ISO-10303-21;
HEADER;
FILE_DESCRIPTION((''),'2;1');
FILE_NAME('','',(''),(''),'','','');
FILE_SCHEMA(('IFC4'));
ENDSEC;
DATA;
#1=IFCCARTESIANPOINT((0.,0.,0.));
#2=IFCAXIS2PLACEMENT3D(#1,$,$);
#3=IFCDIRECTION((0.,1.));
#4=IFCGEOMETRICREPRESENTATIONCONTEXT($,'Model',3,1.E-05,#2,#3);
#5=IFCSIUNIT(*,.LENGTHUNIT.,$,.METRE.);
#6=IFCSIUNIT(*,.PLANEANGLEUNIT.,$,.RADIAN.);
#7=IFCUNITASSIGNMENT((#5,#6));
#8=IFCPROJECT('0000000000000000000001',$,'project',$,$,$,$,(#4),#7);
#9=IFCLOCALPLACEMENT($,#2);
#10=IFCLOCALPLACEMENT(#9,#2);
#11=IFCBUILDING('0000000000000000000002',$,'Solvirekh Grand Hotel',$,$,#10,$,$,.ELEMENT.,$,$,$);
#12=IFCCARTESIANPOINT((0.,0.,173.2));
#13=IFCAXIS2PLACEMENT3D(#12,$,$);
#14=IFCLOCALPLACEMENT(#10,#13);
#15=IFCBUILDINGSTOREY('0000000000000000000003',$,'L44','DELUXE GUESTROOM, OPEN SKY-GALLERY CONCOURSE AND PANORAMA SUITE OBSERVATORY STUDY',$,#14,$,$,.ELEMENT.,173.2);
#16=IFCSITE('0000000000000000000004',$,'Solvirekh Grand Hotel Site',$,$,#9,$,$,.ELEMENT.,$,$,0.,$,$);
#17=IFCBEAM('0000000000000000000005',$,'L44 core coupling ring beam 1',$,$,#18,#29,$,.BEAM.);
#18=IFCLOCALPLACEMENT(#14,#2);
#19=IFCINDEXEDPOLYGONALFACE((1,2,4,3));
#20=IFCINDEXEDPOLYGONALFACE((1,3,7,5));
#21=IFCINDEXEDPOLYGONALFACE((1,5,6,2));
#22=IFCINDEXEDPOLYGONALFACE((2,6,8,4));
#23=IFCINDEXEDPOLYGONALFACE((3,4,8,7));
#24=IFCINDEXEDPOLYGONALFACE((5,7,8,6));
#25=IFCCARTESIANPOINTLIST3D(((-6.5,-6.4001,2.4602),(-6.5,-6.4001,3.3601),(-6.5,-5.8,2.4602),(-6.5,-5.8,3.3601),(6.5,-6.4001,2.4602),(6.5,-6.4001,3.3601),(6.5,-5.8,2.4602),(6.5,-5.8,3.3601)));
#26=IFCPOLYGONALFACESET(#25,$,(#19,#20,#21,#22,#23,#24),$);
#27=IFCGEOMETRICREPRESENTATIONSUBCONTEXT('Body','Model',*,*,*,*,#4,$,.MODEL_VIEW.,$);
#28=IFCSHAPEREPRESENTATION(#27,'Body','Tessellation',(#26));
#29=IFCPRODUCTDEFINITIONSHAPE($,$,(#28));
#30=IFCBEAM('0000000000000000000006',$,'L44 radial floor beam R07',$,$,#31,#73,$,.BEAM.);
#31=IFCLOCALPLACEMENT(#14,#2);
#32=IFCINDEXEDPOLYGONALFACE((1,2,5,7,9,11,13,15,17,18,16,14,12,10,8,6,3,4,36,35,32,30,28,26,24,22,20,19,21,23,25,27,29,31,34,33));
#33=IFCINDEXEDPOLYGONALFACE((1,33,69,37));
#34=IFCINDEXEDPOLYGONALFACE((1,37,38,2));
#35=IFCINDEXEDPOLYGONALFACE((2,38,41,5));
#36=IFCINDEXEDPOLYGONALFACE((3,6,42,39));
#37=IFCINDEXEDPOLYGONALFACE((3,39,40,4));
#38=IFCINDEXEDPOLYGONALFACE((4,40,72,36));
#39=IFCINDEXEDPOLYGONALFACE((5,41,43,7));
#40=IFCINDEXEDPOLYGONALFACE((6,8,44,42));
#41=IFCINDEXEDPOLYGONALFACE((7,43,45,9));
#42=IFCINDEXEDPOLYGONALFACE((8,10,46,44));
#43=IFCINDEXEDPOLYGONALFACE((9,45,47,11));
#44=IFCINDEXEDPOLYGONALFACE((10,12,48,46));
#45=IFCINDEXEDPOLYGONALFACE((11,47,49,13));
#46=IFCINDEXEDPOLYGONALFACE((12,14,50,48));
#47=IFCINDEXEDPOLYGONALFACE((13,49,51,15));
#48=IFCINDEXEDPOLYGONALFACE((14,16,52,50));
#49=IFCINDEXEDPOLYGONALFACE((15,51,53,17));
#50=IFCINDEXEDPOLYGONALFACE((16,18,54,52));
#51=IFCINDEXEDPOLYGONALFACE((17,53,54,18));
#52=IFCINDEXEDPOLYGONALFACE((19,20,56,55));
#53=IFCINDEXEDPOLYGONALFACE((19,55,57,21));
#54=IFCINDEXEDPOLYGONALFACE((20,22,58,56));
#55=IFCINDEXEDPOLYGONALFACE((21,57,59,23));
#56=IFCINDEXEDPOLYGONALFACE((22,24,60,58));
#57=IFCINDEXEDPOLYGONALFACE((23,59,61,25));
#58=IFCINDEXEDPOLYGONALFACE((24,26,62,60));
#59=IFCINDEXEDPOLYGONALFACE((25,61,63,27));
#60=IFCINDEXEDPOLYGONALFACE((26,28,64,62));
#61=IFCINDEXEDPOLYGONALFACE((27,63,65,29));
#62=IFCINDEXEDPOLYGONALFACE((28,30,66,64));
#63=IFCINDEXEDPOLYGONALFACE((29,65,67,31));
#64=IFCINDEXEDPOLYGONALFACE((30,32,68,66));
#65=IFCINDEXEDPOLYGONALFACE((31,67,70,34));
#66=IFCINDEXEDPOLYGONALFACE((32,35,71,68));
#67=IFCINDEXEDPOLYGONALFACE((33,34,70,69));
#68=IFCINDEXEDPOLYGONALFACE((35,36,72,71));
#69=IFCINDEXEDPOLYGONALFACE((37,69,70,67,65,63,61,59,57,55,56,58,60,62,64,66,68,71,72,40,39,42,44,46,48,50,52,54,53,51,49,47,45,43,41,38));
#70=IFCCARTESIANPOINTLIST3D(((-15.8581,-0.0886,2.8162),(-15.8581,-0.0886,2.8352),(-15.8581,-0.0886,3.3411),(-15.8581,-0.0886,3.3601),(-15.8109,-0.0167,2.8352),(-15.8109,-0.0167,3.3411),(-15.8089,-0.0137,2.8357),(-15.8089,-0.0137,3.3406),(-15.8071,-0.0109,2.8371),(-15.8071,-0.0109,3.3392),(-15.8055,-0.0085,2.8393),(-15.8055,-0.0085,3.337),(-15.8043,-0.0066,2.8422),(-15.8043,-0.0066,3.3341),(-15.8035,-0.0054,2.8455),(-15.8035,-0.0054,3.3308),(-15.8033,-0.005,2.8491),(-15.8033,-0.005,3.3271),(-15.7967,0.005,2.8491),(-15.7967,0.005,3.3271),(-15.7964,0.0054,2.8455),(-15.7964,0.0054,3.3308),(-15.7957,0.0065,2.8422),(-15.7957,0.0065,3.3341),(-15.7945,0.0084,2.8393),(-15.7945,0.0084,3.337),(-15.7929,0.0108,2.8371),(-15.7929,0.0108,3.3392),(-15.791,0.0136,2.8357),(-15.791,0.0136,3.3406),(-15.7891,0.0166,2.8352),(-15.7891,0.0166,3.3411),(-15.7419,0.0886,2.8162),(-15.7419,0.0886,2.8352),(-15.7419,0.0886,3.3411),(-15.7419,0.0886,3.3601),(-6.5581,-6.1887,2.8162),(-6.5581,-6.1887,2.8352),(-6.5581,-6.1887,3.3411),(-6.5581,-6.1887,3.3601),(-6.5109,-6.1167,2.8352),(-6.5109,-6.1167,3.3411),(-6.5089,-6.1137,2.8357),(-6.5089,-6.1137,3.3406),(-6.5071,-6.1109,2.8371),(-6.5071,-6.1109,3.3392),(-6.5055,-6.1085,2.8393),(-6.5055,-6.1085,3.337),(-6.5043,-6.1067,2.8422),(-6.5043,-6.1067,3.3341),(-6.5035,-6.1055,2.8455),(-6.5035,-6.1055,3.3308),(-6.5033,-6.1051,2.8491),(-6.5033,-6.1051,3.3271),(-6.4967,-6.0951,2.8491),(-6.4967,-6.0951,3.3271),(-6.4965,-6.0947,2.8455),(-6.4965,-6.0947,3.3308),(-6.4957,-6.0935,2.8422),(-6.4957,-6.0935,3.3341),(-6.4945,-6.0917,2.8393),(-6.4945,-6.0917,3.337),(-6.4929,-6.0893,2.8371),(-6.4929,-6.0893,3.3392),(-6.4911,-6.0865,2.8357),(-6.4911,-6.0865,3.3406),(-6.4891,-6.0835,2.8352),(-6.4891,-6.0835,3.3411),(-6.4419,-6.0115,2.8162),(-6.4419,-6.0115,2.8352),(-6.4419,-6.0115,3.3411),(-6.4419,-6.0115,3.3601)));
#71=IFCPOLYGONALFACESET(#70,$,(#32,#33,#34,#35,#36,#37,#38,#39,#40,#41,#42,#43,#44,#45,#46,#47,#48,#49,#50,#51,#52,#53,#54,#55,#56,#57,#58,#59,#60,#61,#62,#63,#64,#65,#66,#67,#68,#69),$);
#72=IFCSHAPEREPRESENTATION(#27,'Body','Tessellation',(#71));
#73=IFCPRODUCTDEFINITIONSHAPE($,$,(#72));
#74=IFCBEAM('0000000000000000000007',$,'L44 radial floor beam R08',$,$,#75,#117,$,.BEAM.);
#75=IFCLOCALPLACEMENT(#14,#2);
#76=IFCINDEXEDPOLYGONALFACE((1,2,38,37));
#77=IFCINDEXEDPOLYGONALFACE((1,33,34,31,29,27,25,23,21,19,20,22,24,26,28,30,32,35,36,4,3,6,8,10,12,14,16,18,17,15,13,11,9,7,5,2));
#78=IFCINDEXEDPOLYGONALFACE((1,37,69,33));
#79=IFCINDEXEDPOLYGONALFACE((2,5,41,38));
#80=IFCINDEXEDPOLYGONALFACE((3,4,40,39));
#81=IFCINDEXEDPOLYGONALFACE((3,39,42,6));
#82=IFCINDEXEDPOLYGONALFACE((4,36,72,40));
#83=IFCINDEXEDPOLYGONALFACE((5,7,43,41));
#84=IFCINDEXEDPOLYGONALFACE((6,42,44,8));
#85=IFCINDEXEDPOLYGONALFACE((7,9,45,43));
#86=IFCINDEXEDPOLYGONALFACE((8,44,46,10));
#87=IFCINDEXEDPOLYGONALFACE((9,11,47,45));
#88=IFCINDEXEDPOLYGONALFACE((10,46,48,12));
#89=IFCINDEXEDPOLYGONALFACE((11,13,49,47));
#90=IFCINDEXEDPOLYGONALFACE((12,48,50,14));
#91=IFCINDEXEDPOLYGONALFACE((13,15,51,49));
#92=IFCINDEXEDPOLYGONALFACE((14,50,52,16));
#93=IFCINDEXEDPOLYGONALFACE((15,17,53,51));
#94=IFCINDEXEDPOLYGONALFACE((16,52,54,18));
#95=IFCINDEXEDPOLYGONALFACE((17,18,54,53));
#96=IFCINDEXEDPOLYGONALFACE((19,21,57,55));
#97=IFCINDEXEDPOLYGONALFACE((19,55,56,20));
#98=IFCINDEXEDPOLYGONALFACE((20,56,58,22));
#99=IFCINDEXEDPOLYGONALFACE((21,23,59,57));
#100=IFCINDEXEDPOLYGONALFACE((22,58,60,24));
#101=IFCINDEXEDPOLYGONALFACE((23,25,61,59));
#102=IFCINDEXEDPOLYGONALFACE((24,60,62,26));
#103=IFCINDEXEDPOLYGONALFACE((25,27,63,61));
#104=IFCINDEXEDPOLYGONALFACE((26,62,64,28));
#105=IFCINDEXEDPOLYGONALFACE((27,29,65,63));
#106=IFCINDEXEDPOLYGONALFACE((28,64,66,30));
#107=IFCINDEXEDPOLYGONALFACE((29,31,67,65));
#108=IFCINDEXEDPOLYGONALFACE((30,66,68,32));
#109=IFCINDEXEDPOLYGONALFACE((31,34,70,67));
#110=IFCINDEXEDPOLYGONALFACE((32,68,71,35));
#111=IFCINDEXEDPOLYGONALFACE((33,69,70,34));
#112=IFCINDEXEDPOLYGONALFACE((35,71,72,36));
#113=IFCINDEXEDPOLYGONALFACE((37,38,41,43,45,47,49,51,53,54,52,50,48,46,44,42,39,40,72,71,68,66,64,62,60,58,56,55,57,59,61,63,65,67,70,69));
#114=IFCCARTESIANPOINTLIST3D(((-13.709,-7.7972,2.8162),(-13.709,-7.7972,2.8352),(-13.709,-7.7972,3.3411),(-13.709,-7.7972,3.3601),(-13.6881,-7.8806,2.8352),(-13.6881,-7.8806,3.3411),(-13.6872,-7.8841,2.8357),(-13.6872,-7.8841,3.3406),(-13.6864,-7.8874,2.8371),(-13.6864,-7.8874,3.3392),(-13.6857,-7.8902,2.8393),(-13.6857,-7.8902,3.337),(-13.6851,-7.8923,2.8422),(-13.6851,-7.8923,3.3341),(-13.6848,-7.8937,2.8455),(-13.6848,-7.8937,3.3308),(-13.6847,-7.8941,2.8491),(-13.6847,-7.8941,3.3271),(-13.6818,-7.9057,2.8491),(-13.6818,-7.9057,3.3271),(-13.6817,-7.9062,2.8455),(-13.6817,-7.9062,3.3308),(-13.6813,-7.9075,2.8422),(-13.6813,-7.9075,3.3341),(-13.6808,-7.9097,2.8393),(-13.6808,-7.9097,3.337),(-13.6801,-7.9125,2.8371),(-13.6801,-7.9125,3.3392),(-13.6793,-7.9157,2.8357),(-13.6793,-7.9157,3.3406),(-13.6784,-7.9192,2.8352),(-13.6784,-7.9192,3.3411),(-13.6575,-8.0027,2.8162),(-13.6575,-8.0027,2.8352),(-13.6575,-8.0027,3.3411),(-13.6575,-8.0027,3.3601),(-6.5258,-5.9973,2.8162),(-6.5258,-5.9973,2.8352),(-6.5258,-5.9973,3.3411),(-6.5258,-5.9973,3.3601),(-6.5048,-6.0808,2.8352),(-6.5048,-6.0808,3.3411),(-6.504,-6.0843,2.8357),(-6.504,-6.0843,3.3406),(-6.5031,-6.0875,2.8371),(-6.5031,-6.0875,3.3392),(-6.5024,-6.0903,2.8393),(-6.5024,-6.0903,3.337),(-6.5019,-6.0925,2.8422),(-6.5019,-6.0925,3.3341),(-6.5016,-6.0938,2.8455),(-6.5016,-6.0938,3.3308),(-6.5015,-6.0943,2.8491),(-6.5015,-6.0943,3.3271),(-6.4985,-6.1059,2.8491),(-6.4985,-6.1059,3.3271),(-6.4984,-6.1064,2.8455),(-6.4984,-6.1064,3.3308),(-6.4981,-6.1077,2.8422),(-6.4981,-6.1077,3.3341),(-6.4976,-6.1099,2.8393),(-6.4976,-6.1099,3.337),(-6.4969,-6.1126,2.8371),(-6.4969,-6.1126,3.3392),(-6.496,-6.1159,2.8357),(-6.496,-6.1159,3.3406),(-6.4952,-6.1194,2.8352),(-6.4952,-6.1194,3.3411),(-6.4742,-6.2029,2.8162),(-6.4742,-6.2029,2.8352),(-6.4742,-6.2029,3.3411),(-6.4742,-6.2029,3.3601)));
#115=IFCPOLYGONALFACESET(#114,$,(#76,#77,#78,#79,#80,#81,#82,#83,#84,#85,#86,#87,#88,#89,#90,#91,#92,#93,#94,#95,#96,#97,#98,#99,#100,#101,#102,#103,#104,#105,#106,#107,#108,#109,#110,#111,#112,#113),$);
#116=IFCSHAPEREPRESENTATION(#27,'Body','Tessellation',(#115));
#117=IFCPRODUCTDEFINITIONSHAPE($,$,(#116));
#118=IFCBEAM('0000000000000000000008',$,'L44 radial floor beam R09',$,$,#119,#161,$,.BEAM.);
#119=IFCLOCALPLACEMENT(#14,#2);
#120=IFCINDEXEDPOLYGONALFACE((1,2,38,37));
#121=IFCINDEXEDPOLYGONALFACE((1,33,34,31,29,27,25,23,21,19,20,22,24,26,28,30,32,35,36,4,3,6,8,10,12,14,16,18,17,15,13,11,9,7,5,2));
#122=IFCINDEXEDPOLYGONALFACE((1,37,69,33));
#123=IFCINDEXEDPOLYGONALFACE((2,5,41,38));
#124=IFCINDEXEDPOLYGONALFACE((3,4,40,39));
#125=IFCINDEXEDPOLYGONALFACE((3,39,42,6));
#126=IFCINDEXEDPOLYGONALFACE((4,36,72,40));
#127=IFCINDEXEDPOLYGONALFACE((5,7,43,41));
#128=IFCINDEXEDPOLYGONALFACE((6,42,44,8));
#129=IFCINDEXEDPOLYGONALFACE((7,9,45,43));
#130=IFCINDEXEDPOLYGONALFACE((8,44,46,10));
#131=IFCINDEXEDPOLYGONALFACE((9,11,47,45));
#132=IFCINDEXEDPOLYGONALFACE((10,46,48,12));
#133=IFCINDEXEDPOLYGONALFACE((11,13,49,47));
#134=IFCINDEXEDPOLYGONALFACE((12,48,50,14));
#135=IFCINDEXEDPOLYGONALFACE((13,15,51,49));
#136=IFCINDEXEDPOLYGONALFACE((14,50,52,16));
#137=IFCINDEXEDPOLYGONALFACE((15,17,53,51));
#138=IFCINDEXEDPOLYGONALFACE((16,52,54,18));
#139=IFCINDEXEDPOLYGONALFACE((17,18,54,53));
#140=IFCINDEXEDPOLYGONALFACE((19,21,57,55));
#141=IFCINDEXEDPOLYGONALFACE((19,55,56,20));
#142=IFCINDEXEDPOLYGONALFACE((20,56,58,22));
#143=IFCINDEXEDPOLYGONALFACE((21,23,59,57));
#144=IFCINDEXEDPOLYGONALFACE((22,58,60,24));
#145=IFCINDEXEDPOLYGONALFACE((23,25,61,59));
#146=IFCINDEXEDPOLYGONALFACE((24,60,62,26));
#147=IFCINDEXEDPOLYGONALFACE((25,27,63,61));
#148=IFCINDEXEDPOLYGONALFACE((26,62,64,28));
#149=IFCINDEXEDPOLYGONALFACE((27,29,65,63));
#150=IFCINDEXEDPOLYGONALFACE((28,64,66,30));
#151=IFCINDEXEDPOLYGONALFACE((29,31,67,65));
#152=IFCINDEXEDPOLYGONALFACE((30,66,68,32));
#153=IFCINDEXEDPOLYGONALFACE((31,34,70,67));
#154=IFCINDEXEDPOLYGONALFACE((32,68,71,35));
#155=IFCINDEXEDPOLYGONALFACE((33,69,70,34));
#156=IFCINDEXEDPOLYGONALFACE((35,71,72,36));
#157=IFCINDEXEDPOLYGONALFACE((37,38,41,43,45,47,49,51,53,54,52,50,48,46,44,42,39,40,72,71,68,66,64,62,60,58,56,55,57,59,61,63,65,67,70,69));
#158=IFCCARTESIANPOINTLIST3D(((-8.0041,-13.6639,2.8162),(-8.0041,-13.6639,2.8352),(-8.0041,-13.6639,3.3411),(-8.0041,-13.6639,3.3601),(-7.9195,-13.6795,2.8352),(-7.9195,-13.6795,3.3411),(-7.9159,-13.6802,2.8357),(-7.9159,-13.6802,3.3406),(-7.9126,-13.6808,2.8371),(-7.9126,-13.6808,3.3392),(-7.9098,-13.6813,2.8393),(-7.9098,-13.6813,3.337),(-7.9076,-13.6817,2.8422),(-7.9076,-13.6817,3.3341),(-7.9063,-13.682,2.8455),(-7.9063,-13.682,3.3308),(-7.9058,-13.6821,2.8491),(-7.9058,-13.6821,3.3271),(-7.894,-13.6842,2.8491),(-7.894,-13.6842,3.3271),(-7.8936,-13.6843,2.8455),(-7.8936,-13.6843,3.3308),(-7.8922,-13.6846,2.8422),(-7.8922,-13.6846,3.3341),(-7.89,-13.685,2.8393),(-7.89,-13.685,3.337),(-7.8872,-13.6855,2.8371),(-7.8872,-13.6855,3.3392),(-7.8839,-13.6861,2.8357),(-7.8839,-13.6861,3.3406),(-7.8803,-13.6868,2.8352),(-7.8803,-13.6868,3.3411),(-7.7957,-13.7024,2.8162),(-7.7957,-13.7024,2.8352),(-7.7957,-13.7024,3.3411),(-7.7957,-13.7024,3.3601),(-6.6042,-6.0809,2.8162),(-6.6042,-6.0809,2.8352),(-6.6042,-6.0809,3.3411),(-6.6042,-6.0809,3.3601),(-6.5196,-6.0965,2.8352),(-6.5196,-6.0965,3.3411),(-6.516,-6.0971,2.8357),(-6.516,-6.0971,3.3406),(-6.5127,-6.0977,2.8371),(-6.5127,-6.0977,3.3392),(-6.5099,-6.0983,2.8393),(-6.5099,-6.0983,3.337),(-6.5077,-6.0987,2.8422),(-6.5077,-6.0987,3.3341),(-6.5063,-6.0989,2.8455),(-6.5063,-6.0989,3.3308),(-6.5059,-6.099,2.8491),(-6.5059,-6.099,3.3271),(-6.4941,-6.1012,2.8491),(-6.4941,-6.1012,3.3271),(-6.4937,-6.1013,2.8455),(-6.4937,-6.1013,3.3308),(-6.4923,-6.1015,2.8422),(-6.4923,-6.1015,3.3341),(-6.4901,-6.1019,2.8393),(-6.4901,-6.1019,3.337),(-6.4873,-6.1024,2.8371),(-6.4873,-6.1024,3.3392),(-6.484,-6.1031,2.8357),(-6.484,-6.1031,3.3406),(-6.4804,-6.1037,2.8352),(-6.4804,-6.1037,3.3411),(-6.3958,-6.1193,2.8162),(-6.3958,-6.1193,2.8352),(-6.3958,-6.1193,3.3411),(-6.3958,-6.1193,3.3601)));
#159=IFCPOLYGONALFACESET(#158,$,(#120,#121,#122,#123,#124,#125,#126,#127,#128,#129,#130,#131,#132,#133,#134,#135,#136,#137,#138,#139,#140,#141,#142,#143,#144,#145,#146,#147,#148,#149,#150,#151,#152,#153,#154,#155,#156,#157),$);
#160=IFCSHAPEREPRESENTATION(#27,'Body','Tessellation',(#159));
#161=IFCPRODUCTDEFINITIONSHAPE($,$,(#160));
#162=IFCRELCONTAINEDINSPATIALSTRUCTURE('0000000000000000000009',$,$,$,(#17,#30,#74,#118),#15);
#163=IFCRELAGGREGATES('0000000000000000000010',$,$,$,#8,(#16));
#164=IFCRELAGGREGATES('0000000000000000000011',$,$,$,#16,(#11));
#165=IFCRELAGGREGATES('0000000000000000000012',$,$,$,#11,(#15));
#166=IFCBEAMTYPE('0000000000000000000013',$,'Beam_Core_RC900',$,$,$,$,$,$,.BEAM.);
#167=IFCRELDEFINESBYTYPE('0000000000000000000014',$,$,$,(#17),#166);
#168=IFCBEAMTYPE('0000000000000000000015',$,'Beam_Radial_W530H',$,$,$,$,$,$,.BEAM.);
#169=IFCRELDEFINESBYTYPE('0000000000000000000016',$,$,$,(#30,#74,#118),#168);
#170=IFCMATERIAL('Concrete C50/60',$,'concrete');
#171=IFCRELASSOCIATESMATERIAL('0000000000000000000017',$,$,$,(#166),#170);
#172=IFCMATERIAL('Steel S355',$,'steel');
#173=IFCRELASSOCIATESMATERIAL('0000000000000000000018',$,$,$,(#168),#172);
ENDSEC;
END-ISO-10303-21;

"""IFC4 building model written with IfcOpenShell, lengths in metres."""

from ifc_helpers import new_model, si_unit, direction, frame, origin, origin_2d, place, context, subcontext, project, spatial, rectangle, i_section, extrude, material, material_profile, profile_set, type_object, element, save


model = new_model("IFC4")

# Units and contexts
model_context = context("Model", 3, precision=1e-05, world=origin(), true_north=direction((0.0, 1.0)))
body_context = subcontext(model_context, "Body", "Model", "MODEL_VIEW")
ifc_project = project(units=[si_unit("LENGTHUNIT", "METRE"), si_unit("PLANEANGLEUNIT", "RADIAN")], contexts=[model_context])

# Site, building, storey
site_placement = place(None, origin())
site = spatial("IfcSite", under=ifc_project, at=site_placement, Name="Solvirekh Grand Hotel Site", CompositionType="ELEMENT", RefElevation=0.0)
building_placement = place(site_placement, origin())
building = spatial("IfcBuilding", under=site, at=building_placement, Name="Solvirekh Grand Hotel", CompositionType="ELEMENT")
storey_placement = place(building_placement, frame((0.0, 0.0, 173.2)))
storey = spatial("IfcBuildingStorey", under=building, at=storey_placement, Name="L44", Description="DELUXE GUESTROOM, OPEN SKY-GALLERY CONCOURSE AND PANORAMA SUITE OBSERVATORY STUDY", CompositionType="ELEMENT", Elevation=173.2)

# Beams
ifc_material_1 = material(Name="Concrete C50/60", Category="concrete")
ifc_material_profile_1 = material_profile(ifc_material_1, rectangle(XDim=0.6001, YDim=0.8999, at=origin_2d()), Name="RC BEAM 600X900")
ifc_profile_set_1 = profile_set([ifc_material_profile_1], Name="Concrete C50/60")
beam_type_1 = type_object("IfcBeamType", Name="Beam_Core_RC900", PredefinedType="BEAM", material=ifc_profile_set_1)
beam_1_placement = place(storey_placement, frame((-6.5, -6.1001, 2.9102), z_axis=(1.0, 0.0, 0.0), x_axis=(0.0, 1.0, 0.0)))
element("IfcBeam", 1, at=beam_1_placement, inside=storey, type_object=beam_type_1, Name="L44 core coupling ring beam 1", PredefinedType="BEAM", context=body_context, shape_type="SweptSolid", body=[
    extrude(rectangle(XDim=0.6001, YDim=0.8999, at=origin_2d()), origin(), (0.0, 0.0, 1.0), 13.0),
])
ifc_material_2 = material(Name="Steel S355", Category="steel")
ifc_material_profile_2 = material_profile(ifc_material_2, i_section(OverallWidth=0.2119, OverallDepth=0.5439, WebThickness=0.012, FlangeThickness=0.019, FilletRadius=0.0139, at=origin_2d()), Name="W530X123")
ifc_profile_set_2 = profile_set([ifc_material_profile_2], Name="Steel S355")
beam_type_2 = type_object("IfcBeamType", Name="Beam_Radial_W530H", PredefinedType="BEAM", material=ifc_profile_set_2)
beam_2_placement = place(storey_placement, frame((-6.5, -6.1001, 3.0881), z_axis=(-0.836174, 0.548464, 0.0), x_axis=(-0.548464, -0.836174, 0.0)))
element("IfcBeam", 2, at=beam_2_placement, inside=storey, type_object=beam_type_2, Name="L44 radial floor beam R07", PredefinedType="BEAM", context=body_context, shape_type="SweptSolid", body=[
    extrude(i_section(OverallWidth=0.2119, OverallDepth=0.5439, WebThickness=0.012, FlangeThickness=0.019, FilletRadius=0.0139, at=origin_2d()), origin(), (0.0, 0.0, 1.0), 11.1221),
])
beam_3_placement = place(storey_placement, frame((-6.5, -6.1001, 3.0881), z_axis=(-0.970014, -0.243048, 0.0), x_axis=(0.243048, -0.970014, 0.0)))
element("IfcBeam", 3, at=beam_3_placement, inside=storey, type_object=beam_type_2, Name="L44 radial floor beam R08", PredefinedType="BEAM", context=body_context, shape_type="SweptSolid", body=[
    extrude(i_section(OverallWidth=0.2119, OverallDepth=0.5439, WebThickness=0.012, FlangeThickness=0.019, FilletRadius=0.0139, at=origin_2d()), origin(), (0.0, 0.0, 1.0), 7.4053),
])
beam_4_placement = place(storey_placement, frame((-6.5, -6.1001, 3.0881), z_axis=(-0.181543, -0.983383, 0.0), x_axis=(0.983383, -0.181543, 0.0)))
element("IfcBeam", 4, at=beam_4_placement, inside=storey, type_object=beam_type_2, Name="L44 radial floor beam R09", PredefinedType="BEAM", context=body_context, shape_type="SweptSolid", body=[
    extrude(i_section(OverallWidth=0.2119, OverallDepth=0.5439, WebThickness=0.012, FlangeThickness=0.019, FilletRadius=0.0139, at=origin_2d()), origin(), (0.0, 0.0, 1.0), 7.7112),
])

save(model, "model.ifc")
